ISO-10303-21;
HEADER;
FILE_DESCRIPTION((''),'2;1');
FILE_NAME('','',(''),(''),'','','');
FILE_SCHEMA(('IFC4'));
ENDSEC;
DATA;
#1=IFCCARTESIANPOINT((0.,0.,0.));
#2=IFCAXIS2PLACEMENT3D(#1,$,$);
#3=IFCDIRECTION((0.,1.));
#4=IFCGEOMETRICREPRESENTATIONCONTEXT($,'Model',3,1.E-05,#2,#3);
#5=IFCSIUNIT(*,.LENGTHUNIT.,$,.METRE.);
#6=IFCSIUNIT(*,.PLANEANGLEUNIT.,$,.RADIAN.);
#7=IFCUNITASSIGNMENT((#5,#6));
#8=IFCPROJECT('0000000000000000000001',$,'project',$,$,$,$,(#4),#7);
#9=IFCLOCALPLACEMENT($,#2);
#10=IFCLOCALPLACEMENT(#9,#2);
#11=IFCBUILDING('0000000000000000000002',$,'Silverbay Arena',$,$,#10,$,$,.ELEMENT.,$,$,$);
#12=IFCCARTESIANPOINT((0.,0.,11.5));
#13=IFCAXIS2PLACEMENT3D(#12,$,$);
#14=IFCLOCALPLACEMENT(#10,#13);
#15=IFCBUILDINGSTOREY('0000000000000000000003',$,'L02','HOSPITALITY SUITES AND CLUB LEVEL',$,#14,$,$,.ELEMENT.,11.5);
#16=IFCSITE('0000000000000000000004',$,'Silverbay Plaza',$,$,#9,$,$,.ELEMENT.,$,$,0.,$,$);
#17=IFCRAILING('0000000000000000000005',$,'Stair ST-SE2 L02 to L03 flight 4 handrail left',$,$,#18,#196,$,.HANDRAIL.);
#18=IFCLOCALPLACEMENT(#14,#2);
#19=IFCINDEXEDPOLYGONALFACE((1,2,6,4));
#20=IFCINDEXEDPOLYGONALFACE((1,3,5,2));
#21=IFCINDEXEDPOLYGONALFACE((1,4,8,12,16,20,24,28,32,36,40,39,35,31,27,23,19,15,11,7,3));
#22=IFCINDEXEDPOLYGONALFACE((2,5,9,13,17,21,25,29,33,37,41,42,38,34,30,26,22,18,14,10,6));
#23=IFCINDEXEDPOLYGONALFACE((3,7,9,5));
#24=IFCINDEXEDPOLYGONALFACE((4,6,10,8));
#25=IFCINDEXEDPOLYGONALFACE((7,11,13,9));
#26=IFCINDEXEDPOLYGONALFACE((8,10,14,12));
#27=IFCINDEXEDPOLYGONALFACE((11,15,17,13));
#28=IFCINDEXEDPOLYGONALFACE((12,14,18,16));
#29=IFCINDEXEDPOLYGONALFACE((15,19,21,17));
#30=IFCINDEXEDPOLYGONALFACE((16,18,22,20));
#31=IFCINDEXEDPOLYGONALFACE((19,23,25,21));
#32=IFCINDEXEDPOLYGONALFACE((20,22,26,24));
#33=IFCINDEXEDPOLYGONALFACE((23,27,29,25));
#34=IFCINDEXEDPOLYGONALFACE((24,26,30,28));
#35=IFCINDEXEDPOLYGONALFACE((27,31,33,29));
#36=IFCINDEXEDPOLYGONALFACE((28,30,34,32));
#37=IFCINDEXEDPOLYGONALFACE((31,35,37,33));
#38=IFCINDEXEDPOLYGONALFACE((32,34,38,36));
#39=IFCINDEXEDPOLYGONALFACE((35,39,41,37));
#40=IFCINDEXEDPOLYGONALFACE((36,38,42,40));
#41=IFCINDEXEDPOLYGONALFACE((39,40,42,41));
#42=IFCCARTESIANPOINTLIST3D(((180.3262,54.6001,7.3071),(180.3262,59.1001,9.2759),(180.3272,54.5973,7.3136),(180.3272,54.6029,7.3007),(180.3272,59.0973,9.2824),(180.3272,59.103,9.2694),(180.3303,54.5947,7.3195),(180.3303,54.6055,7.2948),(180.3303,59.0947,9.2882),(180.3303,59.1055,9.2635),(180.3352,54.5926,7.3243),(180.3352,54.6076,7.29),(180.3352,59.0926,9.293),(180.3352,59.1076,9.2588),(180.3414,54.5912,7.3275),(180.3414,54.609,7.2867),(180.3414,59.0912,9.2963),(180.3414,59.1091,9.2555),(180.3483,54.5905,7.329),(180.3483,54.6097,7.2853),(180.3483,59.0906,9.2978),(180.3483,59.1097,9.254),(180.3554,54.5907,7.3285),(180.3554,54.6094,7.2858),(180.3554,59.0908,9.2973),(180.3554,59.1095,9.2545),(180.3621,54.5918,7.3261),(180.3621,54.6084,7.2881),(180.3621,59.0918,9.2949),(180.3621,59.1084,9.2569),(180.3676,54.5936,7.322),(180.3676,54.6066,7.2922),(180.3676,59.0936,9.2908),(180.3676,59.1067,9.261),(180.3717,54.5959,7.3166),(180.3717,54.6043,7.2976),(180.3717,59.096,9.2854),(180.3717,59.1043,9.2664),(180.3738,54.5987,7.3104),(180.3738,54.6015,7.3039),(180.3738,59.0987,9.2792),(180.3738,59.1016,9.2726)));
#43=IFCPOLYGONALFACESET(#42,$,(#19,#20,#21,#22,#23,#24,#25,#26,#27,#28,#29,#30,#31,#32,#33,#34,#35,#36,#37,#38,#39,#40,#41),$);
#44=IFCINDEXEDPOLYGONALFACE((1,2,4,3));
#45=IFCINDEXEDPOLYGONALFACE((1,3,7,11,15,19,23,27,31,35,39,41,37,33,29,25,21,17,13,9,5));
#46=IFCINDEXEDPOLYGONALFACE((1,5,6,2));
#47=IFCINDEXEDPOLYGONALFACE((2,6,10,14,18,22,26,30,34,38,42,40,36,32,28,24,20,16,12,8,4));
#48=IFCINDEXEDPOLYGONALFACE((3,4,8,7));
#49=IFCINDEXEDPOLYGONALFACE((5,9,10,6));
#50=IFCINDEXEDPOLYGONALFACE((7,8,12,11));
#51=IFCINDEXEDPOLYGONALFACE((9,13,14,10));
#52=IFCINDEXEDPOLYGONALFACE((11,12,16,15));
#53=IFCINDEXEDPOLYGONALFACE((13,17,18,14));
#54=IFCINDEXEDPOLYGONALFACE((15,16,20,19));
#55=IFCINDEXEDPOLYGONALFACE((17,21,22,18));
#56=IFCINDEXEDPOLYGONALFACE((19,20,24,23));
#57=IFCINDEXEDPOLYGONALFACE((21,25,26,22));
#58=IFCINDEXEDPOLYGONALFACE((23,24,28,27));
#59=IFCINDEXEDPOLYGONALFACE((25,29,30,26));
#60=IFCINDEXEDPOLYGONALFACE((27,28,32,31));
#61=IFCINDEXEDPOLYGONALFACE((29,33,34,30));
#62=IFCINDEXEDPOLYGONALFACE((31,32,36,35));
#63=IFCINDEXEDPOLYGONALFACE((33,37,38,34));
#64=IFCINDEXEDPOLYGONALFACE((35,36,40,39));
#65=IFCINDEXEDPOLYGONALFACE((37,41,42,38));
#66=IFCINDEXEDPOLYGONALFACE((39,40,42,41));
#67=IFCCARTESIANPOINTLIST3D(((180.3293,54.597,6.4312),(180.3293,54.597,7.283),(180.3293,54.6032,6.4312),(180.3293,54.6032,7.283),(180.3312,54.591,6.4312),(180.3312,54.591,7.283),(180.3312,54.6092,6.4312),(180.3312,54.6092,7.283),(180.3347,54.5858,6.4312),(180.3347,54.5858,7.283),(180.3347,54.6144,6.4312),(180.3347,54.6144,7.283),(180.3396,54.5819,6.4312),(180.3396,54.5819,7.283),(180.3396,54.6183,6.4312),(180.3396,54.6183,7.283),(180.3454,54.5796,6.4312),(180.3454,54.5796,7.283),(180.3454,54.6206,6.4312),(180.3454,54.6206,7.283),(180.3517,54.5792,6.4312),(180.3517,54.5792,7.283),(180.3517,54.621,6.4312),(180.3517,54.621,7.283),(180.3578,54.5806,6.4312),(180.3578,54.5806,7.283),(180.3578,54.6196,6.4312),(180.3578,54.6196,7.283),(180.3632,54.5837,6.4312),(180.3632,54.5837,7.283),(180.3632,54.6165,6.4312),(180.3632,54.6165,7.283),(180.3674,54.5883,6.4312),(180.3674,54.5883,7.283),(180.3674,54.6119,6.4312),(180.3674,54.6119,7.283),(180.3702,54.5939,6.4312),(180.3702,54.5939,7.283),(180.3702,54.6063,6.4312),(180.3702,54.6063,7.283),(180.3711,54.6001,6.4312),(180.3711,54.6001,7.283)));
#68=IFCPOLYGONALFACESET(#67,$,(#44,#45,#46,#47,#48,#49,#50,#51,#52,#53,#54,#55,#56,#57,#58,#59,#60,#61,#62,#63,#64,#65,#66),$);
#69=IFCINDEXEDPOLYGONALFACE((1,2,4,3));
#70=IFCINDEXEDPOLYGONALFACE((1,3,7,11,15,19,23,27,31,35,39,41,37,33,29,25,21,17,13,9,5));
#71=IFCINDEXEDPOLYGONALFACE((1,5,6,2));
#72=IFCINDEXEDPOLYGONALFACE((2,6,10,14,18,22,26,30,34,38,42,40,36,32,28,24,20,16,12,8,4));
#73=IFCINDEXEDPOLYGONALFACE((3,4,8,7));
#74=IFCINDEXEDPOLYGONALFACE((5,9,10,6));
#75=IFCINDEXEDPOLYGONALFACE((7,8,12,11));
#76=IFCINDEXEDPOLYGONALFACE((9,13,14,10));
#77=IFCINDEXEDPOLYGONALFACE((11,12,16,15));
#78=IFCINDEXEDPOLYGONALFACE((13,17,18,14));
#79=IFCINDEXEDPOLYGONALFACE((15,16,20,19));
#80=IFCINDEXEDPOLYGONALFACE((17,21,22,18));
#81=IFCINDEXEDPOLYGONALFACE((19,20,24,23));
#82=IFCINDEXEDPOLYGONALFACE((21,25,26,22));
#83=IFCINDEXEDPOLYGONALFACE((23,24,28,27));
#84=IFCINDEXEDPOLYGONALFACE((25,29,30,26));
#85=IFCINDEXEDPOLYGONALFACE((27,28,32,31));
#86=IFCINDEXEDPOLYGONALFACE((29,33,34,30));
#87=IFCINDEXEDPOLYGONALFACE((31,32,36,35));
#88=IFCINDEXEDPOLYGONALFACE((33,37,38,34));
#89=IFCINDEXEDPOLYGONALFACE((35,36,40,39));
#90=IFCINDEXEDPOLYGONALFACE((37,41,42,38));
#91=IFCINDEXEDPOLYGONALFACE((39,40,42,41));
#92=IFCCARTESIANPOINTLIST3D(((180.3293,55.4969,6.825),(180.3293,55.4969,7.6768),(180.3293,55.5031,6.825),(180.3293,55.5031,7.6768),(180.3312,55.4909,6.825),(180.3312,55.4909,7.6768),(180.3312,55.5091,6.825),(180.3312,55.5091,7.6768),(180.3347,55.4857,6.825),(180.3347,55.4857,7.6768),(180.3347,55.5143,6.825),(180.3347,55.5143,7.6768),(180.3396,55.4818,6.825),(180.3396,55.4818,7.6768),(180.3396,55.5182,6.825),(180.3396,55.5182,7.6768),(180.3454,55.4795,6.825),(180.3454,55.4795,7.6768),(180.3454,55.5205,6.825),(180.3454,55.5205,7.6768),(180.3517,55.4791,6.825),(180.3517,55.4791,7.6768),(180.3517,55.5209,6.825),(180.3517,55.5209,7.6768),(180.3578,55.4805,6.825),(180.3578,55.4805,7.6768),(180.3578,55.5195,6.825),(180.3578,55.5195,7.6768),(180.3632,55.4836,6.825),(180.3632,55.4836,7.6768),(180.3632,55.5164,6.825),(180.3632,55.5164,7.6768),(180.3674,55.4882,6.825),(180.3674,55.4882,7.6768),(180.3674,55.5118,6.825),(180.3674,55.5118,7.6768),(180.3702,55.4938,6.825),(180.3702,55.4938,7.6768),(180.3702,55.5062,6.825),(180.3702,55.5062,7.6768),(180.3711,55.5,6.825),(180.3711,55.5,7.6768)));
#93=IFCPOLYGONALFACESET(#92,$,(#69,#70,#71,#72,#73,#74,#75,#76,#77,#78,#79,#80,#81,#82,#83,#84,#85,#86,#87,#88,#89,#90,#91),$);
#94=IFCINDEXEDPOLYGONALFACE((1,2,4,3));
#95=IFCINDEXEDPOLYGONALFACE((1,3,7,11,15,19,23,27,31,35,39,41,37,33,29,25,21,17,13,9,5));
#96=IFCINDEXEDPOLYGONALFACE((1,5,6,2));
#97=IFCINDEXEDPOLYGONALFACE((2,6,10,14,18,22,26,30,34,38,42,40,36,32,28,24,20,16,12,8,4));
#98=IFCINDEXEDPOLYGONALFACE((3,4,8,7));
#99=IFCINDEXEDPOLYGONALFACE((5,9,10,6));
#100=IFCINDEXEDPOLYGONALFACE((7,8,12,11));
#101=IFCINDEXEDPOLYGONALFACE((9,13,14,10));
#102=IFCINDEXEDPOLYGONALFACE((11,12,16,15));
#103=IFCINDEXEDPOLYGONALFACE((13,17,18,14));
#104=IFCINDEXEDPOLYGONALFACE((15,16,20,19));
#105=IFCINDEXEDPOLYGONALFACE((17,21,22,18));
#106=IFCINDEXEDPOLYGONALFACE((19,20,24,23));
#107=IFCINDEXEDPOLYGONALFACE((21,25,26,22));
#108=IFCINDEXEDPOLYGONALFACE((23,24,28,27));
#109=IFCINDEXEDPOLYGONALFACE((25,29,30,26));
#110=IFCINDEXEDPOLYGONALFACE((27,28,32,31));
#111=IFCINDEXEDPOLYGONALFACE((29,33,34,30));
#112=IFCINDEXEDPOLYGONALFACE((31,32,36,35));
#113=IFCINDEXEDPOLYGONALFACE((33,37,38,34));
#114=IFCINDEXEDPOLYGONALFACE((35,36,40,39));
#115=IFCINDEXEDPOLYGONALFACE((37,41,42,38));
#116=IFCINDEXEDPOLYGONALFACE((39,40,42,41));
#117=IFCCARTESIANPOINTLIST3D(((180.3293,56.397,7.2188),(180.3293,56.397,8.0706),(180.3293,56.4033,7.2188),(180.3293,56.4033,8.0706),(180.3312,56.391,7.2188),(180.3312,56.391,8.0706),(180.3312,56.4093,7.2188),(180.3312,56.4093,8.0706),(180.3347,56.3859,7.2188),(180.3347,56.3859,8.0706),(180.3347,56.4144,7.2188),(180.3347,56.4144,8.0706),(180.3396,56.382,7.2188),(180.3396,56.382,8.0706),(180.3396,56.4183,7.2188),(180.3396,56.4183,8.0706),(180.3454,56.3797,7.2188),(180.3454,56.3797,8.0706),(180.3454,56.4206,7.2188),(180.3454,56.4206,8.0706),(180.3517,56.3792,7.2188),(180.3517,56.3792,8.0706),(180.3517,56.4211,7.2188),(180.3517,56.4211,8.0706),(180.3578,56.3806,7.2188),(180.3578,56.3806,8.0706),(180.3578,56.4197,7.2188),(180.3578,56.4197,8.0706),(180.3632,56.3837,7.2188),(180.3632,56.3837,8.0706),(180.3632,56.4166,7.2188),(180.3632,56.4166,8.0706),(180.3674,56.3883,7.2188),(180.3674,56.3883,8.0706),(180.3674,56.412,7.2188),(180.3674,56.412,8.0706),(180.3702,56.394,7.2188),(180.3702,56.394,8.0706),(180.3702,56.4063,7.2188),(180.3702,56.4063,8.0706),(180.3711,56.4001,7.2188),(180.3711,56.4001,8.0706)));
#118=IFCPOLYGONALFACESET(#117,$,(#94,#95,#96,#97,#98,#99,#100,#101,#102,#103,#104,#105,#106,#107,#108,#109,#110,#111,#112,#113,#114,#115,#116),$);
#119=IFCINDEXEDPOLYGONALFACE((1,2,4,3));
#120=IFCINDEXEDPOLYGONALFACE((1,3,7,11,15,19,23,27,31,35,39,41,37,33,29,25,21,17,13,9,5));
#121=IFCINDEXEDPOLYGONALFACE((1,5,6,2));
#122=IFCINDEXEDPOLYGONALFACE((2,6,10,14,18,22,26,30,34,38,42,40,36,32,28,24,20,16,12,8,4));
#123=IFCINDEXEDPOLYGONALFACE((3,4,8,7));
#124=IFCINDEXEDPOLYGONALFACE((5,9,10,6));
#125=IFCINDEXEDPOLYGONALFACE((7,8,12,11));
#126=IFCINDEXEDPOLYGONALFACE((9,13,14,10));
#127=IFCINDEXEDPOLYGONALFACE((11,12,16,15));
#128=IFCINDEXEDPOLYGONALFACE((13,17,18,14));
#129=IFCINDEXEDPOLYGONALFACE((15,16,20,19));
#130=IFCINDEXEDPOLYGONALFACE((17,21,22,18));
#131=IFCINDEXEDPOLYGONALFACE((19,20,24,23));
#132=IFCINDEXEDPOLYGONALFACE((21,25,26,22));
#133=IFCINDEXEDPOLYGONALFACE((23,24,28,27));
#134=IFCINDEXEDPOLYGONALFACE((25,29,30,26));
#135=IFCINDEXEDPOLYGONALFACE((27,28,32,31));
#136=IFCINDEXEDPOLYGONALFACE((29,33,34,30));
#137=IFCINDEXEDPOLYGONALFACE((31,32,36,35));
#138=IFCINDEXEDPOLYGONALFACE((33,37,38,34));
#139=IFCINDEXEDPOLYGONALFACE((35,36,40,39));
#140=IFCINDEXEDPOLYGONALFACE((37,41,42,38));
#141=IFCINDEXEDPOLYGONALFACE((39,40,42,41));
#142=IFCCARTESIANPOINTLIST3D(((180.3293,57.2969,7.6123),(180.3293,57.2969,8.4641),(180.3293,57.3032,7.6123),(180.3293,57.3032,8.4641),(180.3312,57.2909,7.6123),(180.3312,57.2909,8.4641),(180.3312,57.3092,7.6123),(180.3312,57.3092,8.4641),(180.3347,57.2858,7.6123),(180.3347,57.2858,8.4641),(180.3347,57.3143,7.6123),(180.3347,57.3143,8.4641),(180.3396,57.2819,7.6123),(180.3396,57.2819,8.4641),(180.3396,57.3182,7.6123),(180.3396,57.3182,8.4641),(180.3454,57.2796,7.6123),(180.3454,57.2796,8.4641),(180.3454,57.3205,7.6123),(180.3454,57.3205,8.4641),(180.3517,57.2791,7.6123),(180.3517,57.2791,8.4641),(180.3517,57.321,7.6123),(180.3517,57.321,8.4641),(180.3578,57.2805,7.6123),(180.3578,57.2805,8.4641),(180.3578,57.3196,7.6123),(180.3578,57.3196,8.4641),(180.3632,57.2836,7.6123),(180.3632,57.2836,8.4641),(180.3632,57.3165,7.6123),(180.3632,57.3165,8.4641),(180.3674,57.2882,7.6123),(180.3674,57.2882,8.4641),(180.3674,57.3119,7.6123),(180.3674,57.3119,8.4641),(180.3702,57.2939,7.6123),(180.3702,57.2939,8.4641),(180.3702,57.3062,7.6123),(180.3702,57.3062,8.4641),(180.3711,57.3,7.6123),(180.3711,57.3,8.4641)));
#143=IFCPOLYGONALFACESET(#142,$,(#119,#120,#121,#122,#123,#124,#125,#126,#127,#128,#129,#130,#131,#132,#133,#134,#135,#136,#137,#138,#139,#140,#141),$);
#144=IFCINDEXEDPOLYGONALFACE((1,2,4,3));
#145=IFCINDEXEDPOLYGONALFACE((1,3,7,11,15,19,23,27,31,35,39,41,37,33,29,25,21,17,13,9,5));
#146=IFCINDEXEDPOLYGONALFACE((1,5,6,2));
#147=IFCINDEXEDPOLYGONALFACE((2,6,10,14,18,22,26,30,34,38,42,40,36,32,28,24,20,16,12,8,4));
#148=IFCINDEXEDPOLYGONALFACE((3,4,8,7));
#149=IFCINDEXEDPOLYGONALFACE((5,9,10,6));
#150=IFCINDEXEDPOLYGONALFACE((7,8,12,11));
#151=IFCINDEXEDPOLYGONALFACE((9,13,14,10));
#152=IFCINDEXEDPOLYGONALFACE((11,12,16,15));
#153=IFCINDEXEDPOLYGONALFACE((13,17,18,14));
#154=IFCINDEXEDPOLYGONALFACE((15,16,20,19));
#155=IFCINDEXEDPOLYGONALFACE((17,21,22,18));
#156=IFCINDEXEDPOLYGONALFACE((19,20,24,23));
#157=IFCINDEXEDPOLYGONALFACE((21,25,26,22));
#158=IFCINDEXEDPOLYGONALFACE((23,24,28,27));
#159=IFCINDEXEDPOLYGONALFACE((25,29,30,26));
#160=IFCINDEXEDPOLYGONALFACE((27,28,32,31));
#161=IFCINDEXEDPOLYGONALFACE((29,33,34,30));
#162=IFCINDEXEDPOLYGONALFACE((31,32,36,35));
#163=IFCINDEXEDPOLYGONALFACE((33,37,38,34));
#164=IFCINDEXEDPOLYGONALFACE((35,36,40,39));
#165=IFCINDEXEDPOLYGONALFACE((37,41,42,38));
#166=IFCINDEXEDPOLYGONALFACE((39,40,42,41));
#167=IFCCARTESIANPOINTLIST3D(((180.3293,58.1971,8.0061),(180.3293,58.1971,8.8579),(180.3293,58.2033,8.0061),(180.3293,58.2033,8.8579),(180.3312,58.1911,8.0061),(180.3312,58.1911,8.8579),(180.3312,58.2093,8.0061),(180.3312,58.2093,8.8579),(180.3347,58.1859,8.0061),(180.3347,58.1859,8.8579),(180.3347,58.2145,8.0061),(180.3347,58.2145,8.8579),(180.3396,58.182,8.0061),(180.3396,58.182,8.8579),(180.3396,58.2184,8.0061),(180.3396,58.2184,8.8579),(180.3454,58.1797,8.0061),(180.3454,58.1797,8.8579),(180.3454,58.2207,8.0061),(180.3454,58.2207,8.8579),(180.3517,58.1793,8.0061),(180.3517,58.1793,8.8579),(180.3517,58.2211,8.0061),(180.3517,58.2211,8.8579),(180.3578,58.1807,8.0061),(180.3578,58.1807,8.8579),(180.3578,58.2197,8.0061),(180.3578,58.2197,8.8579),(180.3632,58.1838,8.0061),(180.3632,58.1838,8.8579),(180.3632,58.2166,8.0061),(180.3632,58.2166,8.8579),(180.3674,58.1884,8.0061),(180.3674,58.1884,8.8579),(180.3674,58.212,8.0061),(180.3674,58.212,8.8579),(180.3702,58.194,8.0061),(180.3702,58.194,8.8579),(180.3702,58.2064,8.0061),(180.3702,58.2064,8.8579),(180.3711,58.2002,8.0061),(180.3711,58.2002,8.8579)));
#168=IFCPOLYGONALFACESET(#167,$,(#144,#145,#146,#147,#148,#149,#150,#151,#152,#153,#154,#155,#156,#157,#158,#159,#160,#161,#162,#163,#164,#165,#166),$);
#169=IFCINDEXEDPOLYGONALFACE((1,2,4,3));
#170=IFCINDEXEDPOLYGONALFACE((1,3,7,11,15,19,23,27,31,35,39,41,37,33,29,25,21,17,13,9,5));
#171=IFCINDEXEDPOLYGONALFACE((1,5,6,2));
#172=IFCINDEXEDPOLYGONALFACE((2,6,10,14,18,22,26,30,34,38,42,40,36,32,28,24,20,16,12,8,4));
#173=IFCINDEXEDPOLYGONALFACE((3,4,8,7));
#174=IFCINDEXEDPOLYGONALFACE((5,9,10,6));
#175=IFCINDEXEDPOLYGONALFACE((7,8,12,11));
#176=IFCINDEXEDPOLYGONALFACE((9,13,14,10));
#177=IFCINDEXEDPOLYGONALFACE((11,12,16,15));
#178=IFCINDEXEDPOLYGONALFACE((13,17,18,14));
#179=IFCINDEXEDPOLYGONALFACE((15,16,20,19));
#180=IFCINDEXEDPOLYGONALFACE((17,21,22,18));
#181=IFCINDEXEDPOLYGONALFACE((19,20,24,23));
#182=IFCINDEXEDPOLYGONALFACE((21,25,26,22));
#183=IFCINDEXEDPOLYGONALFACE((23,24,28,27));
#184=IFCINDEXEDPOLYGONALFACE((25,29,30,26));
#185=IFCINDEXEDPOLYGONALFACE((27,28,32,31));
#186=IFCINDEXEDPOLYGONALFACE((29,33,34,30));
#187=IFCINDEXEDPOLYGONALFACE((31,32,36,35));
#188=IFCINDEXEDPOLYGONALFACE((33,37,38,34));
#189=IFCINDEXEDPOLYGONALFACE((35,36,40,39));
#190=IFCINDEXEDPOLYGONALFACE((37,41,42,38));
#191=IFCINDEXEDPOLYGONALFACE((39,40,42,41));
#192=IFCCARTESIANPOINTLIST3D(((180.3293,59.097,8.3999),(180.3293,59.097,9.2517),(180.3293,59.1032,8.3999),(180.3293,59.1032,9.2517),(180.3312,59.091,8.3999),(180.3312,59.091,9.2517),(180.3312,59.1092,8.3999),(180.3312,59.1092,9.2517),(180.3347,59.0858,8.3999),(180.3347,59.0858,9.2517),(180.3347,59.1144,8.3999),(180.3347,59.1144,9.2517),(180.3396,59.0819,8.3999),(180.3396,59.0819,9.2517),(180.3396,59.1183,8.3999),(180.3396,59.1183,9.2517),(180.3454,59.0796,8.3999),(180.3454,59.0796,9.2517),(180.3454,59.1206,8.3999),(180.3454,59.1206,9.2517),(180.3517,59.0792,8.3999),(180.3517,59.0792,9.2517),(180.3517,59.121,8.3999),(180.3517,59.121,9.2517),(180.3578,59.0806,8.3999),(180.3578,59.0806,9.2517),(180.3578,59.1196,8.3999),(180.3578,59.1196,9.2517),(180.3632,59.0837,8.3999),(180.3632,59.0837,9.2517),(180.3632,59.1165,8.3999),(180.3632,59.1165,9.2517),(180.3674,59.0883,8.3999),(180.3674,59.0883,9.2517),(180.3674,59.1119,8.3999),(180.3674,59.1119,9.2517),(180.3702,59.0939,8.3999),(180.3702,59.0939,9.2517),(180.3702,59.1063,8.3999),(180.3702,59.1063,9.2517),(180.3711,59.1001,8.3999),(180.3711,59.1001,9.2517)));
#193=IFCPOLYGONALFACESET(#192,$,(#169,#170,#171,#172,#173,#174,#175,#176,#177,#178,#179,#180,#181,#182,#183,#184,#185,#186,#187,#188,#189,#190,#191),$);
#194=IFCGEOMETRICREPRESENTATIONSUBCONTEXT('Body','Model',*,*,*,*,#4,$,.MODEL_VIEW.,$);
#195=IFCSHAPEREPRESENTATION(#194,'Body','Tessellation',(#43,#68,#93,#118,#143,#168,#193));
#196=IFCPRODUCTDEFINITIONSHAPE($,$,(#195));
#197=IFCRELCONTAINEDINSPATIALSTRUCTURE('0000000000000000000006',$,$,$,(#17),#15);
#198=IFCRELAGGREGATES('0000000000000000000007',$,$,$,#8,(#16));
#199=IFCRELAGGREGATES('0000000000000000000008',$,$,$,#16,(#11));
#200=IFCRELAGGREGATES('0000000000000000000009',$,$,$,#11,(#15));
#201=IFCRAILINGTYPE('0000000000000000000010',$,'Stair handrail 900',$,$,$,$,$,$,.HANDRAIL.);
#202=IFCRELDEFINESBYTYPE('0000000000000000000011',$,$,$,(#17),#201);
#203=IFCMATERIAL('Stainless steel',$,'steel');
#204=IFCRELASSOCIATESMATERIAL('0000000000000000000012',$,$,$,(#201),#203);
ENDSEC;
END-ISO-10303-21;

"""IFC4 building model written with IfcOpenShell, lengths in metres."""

from ifc_helpers import new_model, si_unit, direction, frame, origin, origin_2d, place, context, subcontext, project, spatial, circle, extrude, material, type_object, element, save


model = new_model("IFC4")

# Units and contexts
model_context = context("Model", 3, precision=1e-05, world=origin(), true_north=direction((0.0, 1.0)))
body_context = subcontext(model_context, "Body", "Model", "MODEL_VIEW")
ifc_project = project(units=[si_unit("LENGTHUNIT", "METRE"), si_unit("PLANEANGLEUNIT", "RADIAN")], contexts=[model_context])

# Site, building, storey
site_placement = place(None, origin())
site = spatial("IfcSite", under=ifc_project, at=site_placement, Name="Silverbay Plaza", CompositionType="ELEMENT", RefElevation=0.0)
building_placement = place(site_placement, origin())
building = spatial("IfcBuilding", under=site, at=building_placement, Name="Silverbay Arena", CompositionType="ELEMENT")
storey_placement = place(building_placement, frame((0.0, 0.0, 11.5)))
storey = spatial("IfcBuildingStorey", under=building, at=storey_placement, Name="L02", Description="HOSPITALITY SUITES AND CLUB LEVEL", CompositionType="ELEMENT", Elevation=11.5)

# Railing
ifc_material_1 = material(Name="Stainless steel", Category="steel")
railing_type_1 = type_object("IfcRailingType", Name="Stair handrail 900", PredefinedType="HANDRAIL", material=ifc_material_1)
for number, where, name in (
    (1, (180.3501, 54.6001, 6.4312), "Stair ST-SE2 L02 to L03 flight 4 handrail left"),
):
    element("IfcRailing", number, at=place(storey_placement, frame(where)), inside=storey, type_object=railing_type_1, Name=name, PredefinedType="HANDRAIL", context=body_context, shape_type="SweptSolid", body=[
        extrude(circle(Radius=0.0239, at=origin_2d()), frame((0.0, 0.0, 0.876), z_axis=(0.0, 0.916157, 0.400819), x_axis=(-1.0, 0.0, 0.0)), (0.0, 0.0, 1.0), 4.9119),
        extrude(circle(Radius=0.021, at=origin_2d()), origin(), (0.0, 0.0, 1.0), 0.8518),
        extrude(circle(Radius=0.021, at=origin_2d()), frame((0.0, 0.8999, 0.3938)), (0.0, 0.0, 1.0), 0.8518),
        extrude(circle(Radius=0.021, at=origin_2d()), frame((0.0, 1.8, 0.7876)), (0.0, 0.0, 1.0), 0.8518),
        extrude(circle(Radius=0.021, at=origin_2d()), frame((0.0, 2.7, 1.1812)), (0.0, 0.0, 1.0), 0.8518),
        extrude(circle(Radius=0.021, at=origin_2d()), frame((0.0, 3.6001, 1.575)), (0.0, 0.0, 1.0), 0.8518),
        extrude(circle(Radius=0.021, at=origin_2d()), frame((0.0, 4.5, 1.9688)), (0.0, 0.0, 1.0), 0.8518),
    ])

save(model, "model.ifc")
